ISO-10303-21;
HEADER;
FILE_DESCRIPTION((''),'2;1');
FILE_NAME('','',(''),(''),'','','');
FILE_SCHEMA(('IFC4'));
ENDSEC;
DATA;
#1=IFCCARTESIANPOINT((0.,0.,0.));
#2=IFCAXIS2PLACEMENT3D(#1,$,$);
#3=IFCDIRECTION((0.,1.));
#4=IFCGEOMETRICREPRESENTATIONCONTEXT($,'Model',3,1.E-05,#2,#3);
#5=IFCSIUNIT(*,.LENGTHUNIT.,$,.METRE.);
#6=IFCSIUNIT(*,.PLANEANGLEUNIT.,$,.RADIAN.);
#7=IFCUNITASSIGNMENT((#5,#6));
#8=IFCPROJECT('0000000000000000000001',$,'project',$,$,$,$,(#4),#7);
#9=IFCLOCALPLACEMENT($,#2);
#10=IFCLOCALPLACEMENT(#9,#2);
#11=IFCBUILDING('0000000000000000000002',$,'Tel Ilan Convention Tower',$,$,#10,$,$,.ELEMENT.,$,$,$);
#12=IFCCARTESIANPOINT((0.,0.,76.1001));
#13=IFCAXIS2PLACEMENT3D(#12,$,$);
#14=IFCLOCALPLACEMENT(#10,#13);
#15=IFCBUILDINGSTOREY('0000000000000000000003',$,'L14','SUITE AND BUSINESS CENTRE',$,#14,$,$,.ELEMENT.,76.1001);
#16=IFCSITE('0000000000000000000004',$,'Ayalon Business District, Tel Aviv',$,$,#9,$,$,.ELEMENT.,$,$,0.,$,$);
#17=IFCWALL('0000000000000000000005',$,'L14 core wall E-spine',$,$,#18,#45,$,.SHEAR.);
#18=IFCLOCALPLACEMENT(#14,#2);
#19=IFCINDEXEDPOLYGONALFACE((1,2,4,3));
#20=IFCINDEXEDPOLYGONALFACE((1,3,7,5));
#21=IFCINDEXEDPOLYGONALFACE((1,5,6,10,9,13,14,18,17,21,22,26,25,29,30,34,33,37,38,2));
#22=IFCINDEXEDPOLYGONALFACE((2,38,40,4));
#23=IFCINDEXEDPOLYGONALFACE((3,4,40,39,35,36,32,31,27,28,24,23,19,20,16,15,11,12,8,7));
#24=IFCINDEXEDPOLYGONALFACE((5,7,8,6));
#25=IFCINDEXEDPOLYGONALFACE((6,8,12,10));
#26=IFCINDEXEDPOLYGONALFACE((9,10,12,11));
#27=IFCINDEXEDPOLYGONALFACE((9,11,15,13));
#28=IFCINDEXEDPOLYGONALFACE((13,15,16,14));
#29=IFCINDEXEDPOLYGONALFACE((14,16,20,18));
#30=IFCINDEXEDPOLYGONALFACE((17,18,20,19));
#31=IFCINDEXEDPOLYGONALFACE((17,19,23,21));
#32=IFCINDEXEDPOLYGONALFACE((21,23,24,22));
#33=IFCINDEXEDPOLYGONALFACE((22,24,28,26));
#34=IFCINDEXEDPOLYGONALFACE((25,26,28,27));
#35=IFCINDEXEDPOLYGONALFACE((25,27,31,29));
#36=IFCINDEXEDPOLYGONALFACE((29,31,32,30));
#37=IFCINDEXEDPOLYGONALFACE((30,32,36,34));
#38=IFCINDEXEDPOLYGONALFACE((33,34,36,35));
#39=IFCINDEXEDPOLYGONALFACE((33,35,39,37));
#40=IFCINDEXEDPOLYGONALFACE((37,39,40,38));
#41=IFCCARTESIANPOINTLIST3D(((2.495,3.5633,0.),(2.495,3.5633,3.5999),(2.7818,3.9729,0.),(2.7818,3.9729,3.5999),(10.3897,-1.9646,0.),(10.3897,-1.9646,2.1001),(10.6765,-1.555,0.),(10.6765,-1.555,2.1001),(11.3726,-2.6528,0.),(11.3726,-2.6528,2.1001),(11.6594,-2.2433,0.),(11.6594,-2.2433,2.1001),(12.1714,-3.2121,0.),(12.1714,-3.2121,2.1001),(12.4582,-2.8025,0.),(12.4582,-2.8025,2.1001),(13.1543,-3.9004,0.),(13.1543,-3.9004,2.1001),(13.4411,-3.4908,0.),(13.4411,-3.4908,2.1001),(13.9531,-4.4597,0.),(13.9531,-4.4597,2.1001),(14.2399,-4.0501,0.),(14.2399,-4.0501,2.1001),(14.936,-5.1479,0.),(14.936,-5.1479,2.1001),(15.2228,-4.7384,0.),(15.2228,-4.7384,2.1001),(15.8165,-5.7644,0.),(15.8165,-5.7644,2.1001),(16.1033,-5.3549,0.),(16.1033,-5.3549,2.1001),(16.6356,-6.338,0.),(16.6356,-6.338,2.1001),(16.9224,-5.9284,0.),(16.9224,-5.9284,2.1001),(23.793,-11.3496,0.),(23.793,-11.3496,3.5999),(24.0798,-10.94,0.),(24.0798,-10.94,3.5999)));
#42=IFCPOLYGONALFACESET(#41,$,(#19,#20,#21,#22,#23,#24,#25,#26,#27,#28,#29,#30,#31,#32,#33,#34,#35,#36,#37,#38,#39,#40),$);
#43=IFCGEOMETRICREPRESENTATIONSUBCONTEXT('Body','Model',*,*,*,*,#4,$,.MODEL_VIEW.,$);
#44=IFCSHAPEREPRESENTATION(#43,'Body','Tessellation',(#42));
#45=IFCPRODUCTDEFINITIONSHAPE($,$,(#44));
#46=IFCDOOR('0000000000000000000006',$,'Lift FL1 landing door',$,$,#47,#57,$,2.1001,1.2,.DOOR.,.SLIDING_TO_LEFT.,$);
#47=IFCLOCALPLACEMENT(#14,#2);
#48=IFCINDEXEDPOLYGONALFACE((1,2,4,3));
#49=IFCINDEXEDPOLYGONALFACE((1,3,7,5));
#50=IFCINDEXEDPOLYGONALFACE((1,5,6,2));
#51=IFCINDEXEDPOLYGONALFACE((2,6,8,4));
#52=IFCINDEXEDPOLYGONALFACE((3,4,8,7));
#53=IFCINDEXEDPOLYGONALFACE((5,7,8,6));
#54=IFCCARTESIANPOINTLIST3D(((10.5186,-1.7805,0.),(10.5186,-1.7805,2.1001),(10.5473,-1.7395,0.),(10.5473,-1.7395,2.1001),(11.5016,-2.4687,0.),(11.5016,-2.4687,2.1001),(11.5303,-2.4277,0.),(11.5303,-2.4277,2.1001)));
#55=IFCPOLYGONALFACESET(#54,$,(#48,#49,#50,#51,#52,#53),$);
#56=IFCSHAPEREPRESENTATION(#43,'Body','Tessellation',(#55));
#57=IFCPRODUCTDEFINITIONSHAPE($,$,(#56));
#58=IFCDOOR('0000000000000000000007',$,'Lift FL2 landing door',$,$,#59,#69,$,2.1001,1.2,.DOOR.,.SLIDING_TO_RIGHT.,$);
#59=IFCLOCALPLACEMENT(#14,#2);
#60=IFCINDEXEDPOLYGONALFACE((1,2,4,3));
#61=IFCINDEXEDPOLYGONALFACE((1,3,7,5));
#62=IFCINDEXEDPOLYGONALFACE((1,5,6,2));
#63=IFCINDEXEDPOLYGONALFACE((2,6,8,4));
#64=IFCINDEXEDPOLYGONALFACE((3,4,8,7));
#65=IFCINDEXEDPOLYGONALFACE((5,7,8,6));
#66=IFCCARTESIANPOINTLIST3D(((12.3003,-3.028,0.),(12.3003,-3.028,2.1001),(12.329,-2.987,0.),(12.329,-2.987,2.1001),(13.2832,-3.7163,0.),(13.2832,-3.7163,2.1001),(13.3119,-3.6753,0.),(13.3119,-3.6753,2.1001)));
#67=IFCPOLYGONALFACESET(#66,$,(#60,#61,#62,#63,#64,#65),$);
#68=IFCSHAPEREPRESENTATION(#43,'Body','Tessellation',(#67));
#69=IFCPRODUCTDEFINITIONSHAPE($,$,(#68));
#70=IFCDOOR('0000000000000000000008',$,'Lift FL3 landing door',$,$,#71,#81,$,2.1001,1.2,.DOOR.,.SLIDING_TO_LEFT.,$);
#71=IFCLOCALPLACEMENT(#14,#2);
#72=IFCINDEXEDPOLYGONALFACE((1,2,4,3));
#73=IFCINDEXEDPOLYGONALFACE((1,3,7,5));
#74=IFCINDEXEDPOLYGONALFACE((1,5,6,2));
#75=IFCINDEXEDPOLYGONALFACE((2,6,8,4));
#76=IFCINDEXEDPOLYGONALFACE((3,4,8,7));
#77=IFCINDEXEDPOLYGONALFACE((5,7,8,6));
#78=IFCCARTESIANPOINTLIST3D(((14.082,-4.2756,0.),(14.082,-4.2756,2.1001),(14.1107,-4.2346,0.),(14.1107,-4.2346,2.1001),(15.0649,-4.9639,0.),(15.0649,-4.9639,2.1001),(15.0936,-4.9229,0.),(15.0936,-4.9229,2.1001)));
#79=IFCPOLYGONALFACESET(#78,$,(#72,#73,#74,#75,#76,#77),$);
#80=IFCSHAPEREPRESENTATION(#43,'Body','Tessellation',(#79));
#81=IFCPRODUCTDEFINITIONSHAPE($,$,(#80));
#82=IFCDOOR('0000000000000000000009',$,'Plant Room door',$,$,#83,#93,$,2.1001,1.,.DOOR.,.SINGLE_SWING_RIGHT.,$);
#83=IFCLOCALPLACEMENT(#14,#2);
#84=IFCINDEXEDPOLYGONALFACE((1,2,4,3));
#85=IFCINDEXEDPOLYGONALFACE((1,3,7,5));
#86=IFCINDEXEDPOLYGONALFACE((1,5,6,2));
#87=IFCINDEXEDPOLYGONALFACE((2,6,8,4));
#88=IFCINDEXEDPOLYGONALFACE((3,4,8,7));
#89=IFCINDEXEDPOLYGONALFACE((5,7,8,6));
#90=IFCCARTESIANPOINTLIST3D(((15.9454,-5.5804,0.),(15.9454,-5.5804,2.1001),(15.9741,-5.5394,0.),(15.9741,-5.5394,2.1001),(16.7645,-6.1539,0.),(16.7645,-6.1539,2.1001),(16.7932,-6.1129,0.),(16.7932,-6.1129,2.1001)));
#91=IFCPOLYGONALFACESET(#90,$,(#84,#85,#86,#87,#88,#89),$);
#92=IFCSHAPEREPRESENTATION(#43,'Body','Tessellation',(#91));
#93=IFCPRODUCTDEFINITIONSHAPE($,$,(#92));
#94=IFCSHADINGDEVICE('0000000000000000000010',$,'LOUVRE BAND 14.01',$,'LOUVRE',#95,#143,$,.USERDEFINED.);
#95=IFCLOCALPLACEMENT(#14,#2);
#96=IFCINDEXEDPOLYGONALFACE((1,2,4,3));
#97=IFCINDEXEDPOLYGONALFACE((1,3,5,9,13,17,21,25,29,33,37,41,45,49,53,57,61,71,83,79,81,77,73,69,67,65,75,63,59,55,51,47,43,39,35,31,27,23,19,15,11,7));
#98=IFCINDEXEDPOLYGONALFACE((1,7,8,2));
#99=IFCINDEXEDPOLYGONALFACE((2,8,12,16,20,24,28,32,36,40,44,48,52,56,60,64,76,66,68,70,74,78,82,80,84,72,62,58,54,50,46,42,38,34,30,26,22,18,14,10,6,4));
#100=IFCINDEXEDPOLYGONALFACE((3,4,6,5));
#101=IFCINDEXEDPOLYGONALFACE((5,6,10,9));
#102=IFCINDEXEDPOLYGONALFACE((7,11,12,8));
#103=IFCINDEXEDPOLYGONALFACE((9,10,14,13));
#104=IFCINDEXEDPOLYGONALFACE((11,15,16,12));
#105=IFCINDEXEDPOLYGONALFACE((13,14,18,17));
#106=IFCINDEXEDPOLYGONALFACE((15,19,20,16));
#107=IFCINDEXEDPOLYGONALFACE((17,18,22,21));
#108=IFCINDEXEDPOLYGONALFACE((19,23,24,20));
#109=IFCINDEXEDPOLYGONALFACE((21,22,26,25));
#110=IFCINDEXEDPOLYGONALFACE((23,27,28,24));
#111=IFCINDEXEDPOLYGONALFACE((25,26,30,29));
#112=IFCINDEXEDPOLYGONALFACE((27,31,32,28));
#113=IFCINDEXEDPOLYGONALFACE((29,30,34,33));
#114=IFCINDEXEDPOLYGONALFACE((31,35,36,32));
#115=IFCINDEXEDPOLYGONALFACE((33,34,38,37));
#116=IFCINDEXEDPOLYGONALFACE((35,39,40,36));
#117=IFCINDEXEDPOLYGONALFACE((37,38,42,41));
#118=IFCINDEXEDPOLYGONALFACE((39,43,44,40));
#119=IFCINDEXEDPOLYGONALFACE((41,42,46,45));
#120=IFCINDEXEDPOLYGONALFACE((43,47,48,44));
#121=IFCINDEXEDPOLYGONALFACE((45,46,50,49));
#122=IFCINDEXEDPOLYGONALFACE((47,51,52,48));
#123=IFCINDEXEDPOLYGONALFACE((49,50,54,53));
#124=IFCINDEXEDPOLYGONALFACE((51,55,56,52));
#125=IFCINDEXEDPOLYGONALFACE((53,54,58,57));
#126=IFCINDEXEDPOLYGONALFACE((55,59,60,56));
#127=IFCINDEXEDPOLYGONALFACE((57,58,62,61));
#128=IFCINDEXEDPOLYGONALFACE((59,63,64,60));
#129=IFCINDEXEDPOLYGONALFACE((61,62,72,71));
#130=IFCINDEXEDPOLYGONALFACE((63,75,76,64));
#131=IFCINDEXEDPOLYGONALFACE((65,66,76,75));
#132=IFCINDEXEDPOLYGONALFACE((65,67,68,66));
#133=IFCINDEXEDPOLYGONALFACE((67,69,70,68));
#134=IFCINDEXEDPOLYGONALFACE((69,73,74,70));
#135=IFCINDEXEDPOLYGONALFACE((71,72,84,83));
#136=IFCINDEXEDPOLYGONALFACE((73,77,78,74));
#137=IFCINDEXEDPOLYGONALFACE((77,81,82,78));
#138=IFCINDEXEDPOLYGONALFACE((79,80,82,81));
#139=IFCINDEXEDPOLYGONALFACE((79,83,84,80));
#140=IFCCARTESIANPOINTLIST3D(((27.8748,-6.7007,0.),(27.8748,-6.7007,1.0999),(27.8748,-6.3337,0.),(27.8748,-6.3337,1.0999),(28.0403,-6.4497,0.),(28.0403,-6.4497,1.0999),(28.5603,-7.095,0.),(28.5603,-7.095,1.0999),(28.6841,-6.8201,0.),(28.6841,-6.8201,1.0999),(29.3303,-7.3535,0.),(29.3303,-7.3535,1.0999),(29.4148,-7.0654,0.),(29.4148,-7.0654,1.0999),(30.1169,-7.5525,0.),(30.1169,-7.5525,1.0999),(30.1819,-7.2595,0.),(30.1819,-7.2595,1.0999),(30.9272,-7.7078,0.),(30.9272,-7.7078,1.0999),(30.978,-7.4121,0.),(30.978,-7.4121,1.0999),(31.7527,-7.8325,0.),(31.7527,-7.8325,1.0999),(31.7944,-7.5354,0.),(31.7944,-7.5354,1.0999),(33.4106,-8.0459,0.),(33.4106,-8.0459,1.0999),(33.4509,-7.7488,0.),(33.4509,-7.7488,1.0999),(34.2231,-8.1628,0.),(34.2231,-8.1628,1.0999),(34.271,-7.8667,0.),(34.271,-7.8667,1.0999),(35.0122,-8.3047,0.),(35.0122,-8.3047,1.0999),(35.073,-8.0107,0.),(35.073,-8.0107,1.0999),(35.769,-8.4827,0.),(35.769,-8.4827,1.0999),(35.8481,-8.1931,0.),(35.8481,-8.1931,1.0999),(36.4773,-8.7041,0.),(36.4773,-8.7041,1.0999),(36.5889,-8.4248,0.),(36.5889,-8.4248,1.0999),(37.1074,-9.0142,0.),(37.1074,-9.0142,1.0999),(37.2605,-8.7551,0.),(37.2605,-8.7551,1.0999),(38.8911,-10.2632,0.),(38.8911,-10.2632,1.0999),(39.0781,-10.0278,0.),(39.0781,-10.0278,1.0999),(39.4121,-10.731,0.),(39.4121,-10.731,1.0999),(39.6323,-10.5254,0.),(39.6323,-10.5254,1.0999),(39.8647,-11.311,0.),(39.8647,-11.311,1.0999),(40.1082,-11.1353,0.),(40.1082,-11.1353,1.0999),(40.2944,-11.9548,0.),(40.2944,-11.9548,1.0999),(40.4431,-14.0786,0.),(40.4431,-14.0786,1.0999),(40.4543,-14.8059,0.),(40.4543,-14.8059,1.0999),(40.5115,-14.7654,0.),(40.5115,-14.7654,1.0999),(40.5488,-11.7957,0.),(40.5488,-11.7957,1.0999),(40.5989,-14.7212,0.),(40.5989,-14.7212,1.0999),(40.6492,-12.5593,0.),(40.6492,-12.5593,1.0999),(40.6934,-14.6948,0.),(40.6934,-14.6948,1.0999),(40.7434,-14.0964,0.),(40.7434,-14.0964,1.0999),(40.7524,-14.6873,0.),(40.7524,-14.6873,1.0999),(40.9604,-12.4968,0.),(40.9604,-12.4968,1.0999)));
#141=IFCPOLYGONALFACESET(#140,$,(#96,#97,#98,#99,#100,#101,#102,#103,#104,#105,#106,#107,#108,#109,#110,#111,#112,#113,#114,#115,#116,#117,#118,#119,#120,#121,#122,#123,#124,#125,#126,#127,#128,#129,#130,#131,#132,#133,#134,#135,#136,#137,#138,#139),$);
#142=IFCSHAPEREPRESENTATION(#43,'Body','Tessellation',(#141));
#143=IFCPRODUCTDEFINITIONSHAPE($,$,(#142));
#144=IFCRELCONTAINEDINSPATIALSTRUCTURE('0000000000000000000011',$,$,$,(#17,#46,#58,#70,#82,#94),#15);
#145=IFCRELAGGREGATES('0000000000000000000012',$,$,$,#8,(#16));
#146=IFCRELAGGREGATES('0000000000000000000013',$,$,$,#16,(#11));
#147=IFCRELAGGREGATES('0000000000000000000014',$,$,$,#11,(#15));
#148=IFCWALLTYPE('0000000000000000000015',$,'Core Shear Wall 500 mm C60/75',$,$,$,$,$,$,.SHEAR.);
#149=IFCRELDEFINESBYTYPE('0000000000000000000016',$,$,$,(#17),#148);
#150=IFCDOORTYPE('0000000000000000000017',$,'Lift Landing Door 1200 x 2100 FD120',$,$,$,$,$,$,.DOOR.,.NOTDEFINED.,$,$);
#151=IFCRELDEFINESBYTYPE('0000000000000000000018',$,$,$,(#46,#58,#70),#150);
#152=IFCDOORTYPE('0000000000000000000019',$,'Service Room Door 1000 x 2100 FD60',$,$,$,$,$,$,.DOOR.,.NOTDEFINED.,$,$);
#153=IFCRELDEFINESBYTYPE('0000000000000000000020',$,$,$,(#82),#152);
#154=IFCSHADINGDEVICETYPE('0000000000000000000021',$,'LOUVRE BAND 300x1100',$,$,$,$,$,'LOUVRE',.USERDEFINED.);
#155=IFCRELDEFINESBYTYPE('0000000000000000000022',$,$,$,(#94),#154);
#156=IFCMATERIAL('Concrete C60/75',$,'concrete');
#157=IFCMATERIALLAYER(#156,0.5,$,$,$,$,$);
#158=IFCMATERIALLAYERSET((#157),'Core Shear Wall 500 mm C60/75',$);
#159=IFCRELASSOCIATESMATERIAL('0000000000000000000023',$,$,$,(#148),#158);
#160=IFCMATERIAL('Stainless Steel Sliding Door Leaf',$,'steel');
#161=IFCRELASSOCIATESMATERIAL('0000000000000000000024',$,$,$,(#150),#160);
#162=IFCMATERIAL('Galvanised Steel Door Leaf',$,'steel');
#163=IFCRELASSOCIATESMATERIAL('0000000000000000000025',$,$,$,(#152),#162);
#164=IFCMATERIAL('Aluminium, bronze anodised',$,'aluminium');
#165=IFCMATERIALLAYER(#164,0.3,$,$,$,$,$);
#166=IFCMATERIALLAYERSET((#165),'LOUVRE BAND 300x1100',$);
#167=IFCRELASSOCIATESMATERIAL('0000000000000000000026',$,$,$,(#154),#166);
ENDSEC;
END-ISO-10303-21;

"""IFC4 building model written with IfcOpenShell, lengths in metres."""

from ifc_helpers import new_model, si_unit, direction, frame, frame_2d, origin, place, context, subcontext, project, spatial, polyline, rectangle, outline, extrude, material, layer, layer_set, type_object, element, fill, save


model = new_model("IFC4")

# Units and contexts
model_context = context("Model", 3, precision=1e-05, world=origin(), true_north=direction((0.0, 1.0)))
body_context = subcontext(model_context, "Body", "Model", "MODEL_VIEW")
ifc_project = project(units=[si_unit("LENGTHUNIT", "METRE"), si_unit("PLANEANGLEUNIT", "RADIAN")], contexts=[model_context])

# Site, building, storey
site_placement = place(None, origin())
site = spatial("IfcSite", under=ifc_project, at=site_placement, Name="Ayalon Business District, Tel Aviv", CompositionType="ELEMENT", RefElevation=0.0)
building_placement = place(site_placement, origin())
building = spatial("IfcBuilding", under=site, at=building_placement, Name="Tel Ilan Convention Tower", CompositionType="ELEMENT")
storey_placement = place(building_placement, frame((0.0, 0.0, 76.1001)))
storey = spatial("IfcBuildingStorey", under=building, at=storey_placement, Name="L14", Description="SUITE AND BUSINESS CENTRE", CompositionType="ELEMENT", Elevation=76.1001)

# Wall, openings, doors
ifc_material_1 = material(Name="Concrete C60/75", Category="concrete")
ifc_layer_1 = layer(ifc_material_1, 0.5)
ifc_layer_set_1 = layer_set([ifc_layer_1], Name="Core Shear Wall 500 mm C60/75")
wall_type_1 = type_object("IfcWallType", Name="Core Shear Wall 500 mm C60/75", PredefinedType="SHEAR", material=ifc_layer_set_1)
wall_1_placement = place(storey_placement, frame((2.6384, 3.7681, 0.0), z_axis=(0.0, 0.0, 1.0), x_axis=(0.819149, -0.573581, 0.0)))
wall_1 = element("IfcWall", 1, at=wall_1_placement, inside=storey, type_object=wall_type_1, Name="L14 core wall E-spine", PredefinedType="SHEAR", context=body_context, shape_type="SweptSolid", body=[
    extrude(outline(polyline([(0.0, 0.25), (0.0, -0.25), (26.0, -0.2498), (26.0, 0.2502), (0.0, 0.25)])), origin(), (0.0, 0.0, 1.0), 3.5999),
])
opening_1_placement = place(wall_1_placement, frame((9.6375, 0.0, 0.0)))
opening_1 = element("IfcOpeningElement", 2, at=opening_1_placement, cuts=wall_1, PredefinedType="OPENING", context=body_context, shape_type="SweptSolid", body=[
    extrude(rectangle(XDim=1.2, YDim=2.1001, at=frame_2d((0.6001, 1.05))), frame((0.0, 0.26, 0.0), z_axis=(0.0, -1.0, 0.0), x_axis=(1.0, 0.0, 0.0)), (0.0, 0.0, 1.0), 0.52),
])
opening_2_placement = place(wall_1_placement, frame((11.8125, 0.0, 0.0)))
opening_2 = element("IfcOpeningElement", 3, at=opening_2_placement, cuts=wall_1, PredefinedType="OPENING", context=body_context, shape_type="SweptSolid", body=[
    extrude(rectangle(XDim=1.2, YDim=2.1001, at=frame_2d((0.6001, 1.05))), frame((0.0, 0.26, 0.0), z_axis=(0.0, -1.0, 0.0), x_axis=(1.0, 0.0, 0.0)), (0.0, 0.0, 1.0), 0.52),
])
opening_3_placement = place(wall_1_placement, frame((13.9875, 0.0, 0.0)))
opening_3 = element("IfcOpeningElement", 4, at=opening_3_placement, cuts=wall_1, PredefinedType="OPENING", context=body_context, shape_type="SweptSolid", body=[
    extrude(rectangle(XDim=1.2, YDim=2.1001, at=frame_2d((0.6001, 1.05))), frame((0.0, 0.26, 0.0), z_axis=(0.0, -1.0, 0.0), x_axis=(1.0, 0.0, 0.0)), (0.0, 0.0, 1.0), 0.52),
])
opening_4_placement = place(wall_1_placement, frame((16.2625, 0.0, 0.0)))
opening_4 = element("IfcOpeningElement", 5, at=opening_4_placement, cuts=wall_1, PredefinedType="OPENING", context=body_context, shape_type="SweptSolid", body=[
    extrude(rectangle(XDim=1.0, YDim=2.1001, at=frame_2d((0.5, 1.05))), frame((0.0, 0.26, 0.0), z_axis=(0.0, -1.0, 0.0), x_axis=(1.0, 0.0, 0.0)), (0.0, 0.0, 1.0), 0.52),
])
ifc_material_2 = material(Name="Stainless Steel Sliding Door Leaf", Category="steel")
door_type_1 = type_object("IfcDoorType", Name="Lift Landing Door 1200 x 2100 FD120", OperationType="NOTDEFINED", PredefinedType="DOOR", material=ifc_material_2)
door_1_placement = place(opening_1_placement, origin())
door_1 = element("IfcDoor", 6, at=door_1_placement, inside=storey, type_object=door_type_1, Name="Lift FL1 landing door", OperationType="SLIDING_TO_LEFT", OverallHeight=2.1001, OverallWidth=1.2, PredefinedType="DOOR", context=body_context, shape_type="SweptSolid", body=[
    extrude(rectangle(XDim=1.2, YDim=2.1001, at=frame_2d((0.6001, 1.05))), frame((0.0, 0.0249, 0.0), z_axis=(0.0, -1.0, 0.0), x_axis=(1.0, 0.0, 0.0)), (0.0, 0.0, 1.0), 0.05),
])
fill(opening_1, door_1)
door_2_placement = place(opening_2_placement, origin())
door_2 = element("IfcDoor", 7, at=door_2_placement, inside=storey, type_object=door_type_1, Name="Lift FL2 landing door", OperationType="SLIDING_TO_RIGHT", OverallHeight=2.1001, OverallWidth=1.2, PredefinedType="DOOR", context=body_context, shape_type="SweptSolid", body=[
    extrude(rectangle(XDim=1.2, YDim=2.1001, at=frame_2d((0.6001, 1.05))), frame((0.0, 0.0249, 0.0), z_axis=(0.0, -1.0, 0.0), x_axis=(1.0, 0.0, 0.0)), (0.0, 0.0, 1.0), 0.05),
])
fill(opening_2, door_2)
door_3_placement = place(opening_3_placement, origin())
door_3 = element("IfcDoor", 8, at=door_3_placement, inside=storey, type_object=door_type_1, Name="Lift FL3 landing door", OperationType="SLIDING_TO_LEFT", OverallHeight=2.1001, OverallWidth=1.2, PredefinedType="DOOR", context=body_context, shape_type="SweptSolid", body=[
    extrude(rectangle(XDim=1.2, YDim=2.1001, at=frame_2d((0.6001, 1.05))), frame((0.0, 0.0249, 0.0), z_axis=(0.0, -1.0, 0.0), x_axis=(1.0, 0.0, 0.0)), (0.0, 0.0, 1.0), 0.05),
])
fill(opening_3, door_3)
ifc_material_3 = material(Name="Galvanised Steel Door Leaf", Category="steel")
door_type_2 = type_object("IfcDoorType", Name="Service Room Door 1000 x 2100 FD60", OperationType="NOTDEFINED", PredefinedType="DOOR", material=ifc_material_3)
door_4_placement = place(opening_4_placement, origin())
door_4 = element("IfcDoor", 9, at=door_4_placement, inside=storey, type_object=door_type_2, Name="Plant Room door", OperationType="SINGLE_SWING_RIGHT", OverallHeight=2.1001, OverallWidth=1.0, PredefinedType="DOOR", context=body_context, shape_type="SweptSolid", body=[
    extrude(rectangle(XDim=1.0, YDim=2.1001, at=frame_2d((0.5, 1.05))), frame((0.0, 0.0249, 0.0), z_axis=(0.0, -1.0, 0.0), x_axis=(1.0, 0.0, 0.0)), (0.0, 0.0, 1.0), 0.05),
])
fill(opening_4, door_4)

# Shading device
ifc_material_4 = material(Name="Aluminium, bronze anodised", Category="aluminium")
ifc_layer_2 = layer(ifc_material_4, 0.3)
ifc_layer_set_2 = layer_set([ifc_layer_2], Name="LOUVRE BAND 300x1100")
shading_device_type = type_object("IfcShadingDeviceType", Name="LOUVRE BAND 300x1100", ElementType="LOUVRE", PredefinedType="USERDEFINED", material=ifc_layer_set_2)
shading_device_1_placement = place(storey_placement, origin())
element("IfcShadingDevice", 10, at=shading_device_1_placement, inside=storey, type_object=shading_device_type, Name="LOUVRE BAND 14.01", ObjectType="LOUVRE", PredefinedType="USERDEFINED", context=body_context, shape_type="SweptSolid", body=[
    extrude(outline(polyline([(27.8748, -6.7007), (28.5603, -7.095), (29.3303, -7.3535), (30.1169, -7.5525), (30.9272, -7.7078), (31.7527, -7.8325), (33.4106, -8.0459), (34.2231, -8.1628), (35.0122, -8.3047), (35.769, -8.4827), (36.4773, -8.7041), (37.1074, -9.0142), (38.8911, -10.2632), (39.4121, -10.731), (39.8647, -11.311), (40.2944, -11.9548), (40.6492, -12.5593), (40.4431, -14.0786), (40.4543, -14.8059), (40.5115, -14.7654), (40.5989, -14.7212), (40.6934, -14.6948), (40.7524, -14.6873), (40.7434, -14.0964), (40.9604, -12.4968), (40.5488, -11.7957), (40.1082, -11.1353), (39.6323, -10.5254), (39.0781, -10.0278), (37.2605, -8.7551), (36.5889, -8.4248), (35.8481, -8.1931), (35.073, -8.0107), (34.271, -7.8667), (33.4509, -7.7488), (31.7944, -7.5354), (30.978, -7.4121), (30.1819, -7.2595), (29.4148, -7.0654), (28.6841, -6.8201), (28.0403, -6.4497), (27.8748, -6.3337), (27.8748, -6.7007)])), origin(), (0.0, 0.0, 1.0), 1.0999),
])

save(model, "model.ifc")
